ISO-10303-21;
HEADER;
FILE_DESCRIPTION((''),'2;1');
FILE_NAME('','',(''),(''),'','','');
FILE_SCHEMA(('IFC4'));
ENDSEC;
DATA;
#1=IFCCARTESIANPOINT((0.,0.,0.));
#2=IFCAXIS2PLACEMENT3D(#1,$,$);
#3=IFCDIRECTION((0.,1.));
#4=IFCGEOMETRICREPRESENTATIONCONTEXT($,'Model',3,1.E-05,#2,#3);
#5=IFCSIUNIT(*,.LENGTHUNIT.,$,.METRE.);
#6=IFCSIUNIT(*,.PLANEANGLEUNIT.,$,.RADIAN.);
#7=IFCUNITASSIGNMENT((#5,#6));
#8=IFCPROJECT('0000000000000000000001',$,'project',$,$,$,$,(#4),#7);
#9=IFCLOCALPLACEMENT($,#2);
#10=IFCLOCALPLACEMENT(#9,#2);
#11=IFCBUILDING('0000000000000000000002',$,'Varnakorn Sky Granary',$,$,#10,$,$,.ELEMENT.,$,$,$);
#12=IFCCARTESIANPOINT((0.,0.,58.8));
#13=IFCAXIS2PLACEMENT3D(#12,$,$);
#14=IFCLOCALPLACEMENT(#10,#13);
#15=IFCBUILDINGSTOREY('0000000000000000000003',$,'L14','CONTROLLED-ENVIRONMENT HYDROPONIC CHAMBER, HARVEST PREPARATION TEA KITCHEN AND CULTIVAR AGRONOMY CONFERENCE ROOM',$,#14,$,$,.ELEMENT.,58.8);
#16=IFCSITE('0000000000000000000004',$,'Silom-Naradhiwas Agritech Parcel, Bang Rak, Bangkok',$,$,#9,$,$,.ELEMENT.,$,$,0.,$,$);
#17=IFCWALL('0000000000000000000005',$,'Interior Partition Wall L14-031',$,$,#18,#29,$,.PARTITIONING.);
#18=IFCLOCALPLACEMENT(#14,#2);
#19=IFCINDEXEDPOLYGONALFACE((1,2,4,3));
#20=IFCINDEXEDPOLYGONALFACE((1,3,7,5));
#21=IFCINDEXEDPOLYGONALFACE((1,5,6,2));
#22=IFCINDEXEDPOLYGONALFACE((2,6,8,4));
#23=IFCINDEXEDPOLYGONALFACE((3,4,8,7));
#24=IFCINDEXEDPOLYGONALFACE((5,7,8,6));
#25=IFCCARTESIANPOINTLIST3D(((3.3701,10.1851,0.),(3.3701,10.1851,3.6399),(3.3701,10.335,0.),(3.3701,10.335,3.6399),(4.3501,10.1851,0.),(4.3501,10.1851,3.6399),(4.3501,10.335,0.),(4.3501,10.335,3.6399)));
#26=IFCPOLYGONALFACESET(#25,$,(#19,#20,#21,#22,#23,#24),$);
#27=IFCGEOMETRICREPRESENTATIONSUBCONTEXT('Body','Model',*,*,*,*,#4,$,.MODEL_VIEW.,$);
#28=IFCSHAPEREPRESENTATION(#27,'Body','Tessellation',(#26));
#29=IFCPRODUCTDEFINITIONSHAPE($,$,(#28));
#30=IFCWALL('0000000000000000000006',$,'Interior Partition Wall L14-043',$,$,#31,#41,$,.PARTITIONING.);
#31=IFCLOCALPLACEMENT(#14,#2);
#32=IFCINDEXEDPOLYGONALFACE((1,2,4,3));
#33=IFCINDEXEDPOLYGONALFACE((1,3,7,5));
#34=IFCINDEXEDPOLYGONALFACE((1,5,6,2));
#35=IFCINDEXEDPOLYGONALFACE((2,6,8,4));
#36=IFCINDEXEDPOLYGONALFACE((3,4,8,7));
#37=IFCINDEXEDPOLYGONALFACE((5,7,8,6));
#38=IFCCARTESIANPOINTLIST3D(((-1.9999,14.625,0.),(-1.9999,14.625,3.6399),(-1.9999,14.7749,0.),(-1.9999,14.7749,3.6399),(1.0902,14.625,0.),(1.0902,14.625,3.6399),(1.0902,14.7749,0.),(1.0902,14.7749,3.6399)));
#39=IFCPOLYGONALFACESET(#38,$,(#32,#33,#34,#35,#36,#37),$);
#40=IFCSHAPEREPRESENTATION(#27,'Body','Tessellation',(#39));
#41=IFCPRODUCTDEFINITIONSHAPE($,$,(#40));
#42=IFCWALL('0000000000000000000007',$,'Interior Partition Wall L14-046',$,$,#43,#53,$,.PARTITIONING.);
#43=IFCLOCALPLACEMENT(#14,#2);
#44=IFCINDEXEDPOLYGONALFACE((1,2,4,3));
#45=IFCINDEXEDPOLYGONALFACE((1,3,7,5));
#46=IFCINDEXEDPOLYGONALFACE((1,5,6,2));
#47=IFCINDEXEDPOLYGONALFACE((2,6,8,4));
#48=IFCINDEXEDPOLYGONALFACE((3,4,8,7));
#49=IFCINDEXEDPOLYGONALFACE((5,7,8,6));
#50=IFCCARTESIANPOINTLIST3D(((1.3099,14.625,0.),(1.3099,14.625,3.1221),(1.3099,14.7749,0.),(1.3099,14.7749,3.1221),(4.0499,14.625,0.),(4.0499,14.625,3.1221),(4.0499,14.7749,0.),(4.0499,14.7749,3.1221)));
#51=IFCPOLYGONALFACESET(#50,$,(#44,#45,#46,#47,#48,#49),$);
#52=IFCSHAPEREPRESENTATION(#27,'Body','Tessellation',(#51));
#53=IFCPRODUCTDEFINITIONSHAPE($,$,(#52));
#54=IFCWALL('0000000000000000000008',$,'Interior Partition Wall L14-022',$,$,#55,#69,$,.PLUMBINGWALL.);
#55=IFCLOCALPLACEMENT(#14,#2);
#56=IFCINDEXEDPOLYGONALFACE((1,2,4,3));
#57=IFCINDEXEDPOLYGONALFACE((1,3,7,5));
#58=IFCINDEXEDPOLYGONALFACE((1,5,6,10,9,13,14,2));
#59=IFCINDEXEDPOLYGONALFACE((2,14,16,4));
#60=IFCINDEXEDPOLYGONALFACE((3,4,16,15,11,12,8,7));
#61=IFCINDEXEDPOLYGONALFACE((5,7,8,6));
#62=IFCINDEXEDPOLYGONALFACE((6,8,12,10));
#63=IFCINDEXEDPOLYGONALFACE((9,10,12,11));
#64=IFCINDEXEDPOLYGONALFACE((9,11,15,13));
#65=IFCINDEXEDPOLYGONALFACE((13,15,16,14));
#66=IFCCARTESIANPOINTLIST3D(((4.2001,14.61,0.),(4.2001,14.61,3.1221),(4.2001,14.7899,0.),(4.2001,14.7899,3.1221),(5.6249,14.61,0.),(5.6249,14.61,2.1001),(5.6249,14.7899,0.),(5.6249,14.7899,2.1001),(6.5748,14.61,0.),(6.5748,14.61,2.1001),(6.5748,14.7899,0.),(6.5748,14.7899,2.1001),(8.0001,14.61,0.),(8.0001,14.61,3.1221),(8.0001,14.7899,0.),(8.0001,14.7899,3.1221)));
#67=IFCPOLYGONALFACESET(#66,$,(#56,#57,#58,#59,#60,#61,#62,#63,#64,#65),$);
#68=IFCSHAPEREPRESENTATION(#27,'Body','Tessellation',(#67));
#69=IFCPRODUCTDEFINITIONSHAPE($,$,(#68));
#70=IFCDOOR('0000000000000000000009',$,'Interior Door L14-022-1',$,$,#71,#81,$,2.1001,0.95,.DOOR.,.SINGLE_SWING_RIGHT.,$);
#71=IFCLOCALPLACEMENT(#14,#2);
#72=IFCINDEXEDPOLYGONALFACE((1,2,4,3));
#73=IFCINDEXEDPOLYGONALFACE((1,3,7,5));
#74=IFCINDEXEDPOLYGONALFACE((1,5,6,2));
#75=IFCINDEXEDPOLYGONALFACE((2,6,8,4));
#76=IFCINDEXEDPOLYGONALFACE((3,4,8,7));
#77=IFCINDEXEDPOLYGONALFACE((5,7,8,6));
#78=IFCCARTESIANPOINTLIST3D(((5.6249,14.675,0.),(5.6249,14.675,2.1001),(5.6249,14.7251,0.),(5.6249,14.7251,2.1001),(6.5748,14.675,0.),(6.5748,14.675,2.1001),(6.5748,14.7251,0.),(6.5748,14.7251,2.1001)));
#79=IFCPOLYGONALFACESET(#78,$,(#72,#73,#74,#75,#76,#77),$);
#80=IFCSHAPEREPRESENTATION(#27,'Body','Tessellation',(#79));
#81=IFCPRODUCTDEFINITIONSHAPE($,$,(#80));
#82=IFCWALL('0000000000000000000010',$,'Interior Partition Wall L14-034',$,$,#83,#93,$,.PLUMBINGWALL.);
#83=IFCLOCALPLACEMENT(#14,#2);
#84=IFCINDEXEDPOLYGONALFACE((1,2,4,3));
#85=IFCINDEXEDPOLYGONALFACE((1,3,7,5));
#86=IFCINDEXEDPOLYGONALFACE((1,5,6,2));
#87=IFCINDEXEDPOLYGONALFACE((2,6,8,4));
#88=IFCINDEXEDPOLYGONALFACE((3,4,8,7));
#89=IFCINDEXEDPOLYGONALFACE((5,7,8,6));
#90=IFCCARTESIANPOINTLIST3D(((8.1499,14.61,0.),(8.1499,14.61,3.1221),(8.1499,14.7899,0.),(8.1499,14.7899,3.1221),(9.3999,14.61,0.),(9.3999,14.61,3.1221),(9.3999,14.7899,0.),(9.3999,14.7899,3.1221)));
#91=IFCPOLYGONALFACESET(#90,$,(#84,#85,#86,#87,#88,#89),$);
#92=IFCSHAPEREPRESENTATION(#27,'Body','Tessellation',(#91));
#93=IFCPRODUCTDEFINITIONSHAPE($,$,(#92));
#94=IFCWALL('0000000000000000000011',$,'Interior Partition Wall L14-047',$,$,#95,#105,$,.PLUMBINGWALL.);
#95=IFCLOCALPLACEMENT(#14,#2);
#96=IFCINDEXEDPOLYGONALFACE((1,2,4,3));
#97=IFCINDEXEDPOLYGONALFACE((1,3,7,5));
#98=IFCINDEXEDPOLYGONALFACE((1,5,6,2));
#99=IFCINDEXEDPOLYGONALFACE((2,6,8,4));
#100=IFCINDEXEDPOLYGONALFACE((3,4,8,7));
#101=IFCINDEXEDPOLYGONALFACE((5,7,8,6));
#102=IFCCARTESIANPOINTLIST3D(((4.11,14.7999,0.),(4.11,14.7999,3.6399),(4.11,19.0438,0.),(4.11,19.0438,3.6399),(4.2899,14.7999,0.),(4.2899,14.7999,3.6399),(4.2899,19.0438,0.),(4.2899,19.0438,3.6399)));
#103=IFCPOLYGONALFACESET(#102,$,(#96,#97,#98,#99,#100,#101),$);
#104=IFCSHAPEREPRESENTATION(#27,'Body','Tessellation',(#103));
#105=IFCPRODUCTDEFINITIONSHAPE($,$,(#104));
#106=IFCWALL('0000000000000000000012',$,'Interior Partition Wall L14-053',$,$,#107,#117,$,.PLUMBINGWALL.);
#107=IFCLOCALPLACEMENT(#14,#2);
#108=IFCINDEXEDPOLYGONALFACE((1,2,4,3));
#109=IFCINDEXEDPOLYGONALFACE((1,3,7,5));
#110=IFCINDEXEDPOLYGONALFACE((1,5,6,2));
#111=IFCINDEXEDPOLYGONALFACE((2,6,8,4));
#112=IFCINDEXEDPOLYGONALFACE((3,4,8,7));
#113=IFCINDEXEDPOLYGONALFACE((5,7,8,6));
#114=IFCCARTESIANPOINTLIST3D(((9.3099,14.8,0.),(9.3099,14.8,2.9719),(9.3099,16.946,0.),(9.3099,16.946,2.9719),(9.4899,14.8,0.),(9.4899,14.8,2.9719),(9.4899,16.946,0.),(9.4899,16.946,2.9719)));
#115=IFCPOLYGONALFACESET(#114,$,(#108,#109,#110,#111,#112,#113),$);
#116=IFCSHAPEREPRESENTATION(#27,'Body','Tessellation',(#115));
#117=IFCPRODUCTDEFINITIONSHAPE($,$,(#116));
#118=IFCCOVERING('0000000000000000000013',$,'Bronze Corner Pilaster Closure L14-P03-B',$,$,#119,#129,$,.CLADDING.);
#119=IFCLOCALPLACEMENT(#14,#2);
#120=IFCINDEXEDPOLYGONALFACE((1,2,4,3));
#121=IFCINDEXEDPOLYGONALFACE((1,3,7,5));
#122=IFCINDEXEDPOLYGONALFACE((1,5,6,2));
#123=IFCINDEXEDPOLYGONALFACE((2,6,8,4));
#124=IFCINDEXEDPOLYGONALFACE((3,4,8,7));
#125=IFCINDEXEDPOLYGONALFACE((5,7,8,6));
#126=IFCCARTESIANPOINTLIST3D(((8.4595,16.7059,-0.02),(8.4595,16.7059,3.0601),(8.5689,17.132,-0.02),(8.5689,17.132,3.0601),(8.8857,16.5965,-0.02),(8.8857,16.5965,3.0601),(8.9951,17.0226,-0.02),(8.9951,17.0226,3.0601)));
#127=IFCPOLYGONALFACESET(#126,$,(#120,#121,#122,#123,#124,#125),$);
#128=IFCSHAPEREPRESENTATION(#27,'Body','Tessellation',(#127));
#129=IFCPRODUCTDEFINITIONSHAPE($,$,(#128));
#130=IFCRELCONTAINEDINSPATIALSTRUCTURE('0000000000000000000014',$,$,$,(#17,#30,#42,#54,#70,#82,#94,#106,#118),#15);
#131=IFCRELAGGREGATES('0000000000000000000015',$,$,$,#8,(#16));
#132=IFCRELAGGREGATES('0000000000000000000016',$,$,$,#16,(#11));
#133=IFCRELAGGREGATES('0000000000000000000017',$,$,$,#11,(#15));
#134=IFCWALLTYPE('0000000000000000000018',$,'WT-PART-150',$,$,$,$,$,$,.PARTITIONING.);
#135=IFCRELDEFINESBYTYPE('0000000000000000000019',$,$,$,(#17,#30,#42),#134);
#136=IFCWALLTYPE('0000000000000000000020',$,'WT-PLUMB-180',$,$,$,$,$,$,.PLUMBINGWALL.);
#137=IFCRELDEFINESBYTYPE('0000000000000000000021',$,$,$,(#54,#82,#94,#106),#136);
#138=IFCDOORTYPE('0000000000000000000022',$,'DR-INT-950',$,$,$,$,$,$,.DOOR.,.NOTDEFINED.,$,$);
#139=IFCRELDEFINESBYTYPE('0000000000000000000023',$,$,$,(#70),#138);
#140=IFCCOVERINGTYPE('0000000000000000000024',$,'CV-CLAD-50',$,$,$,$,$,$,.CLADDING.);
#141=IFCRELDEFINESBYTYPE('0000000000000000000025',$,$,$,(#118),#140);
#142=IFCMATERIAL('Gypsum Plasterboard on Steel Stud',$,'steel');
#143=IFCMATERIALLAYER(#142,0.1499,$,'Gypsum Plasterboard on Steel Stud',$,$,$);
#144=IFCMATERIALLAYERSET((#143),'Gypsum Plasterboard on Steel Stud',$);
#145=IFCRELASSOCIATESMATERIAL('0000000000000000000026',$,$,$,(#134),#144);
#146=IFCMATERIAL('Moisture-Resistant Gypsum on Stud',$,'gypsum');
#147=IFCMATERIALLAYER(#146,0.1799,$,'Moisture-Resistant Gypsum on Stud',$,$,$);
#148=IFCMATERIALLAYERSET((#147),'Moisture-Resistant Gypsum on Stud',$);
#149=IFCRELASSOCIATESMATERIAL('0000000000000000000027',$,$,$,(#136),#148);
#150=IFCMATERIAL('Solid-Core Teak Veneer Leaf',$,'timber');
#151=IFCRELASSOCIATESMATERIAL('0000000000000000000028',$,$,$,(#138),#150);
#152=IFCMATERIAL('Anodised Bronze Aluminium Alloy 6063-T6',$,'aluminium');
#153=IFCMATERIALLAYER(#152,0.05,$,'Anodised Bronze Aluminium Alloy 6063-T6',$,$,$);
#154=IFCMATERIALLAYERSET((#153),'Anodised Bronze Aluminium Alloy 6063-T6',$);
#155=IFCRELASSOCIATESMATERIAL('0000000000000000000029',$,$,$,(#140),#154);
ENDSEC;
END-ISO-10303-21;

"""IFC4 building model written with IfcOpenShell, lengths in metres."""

from ifc_helpers import new_model, si_unit, direction, frame, frame_2d, origin, origin_2d, place, context, subcontext, project, spatial, rectangle, extrude, source, transform, mapped, material, layer, layer_set, type_object, type_shapes, element, fill, save


model = new_model("IFC4")

# Units and contexts
model_context = context("Model", 3, precision=1e-05, world=origin(), true_north=direction((0.0, 1.0)))
body_context = subcontext(model_context, "Body", "Model", "MODEL_VIEW")
ifc_project = project(units=[si_unit("LENGTHUNIT", "METRE"), si_unit("PLANEANGLEUNIT", "RADIAN")], contexts=[model_context])

# Site, building, storey
site_placement = place(None, origin())
site = spatial("IfcSite", under=ifc_project, at=site_placement, Name="Silom-Naradhiwas Agritech Parcel, Bang Rak, Bangkok", CompositionType="ELEMENT", RefElevation=0.0)
building_placement = place(site_placement, origin())
building = spatial("IfcBuilding", under=site, at=building_placement, Name="Varnakorn Sky Granary", CompositionType="ELEMENT")
storey_placement = place(building_placement, frame((0.0, 0.0, 58.8)))
storey = spatial("IfcBuildingStorey", under=building, at=storey_placement, Name="L14", Description="CONTROLLED-ENVIRONMENT HYDROPONIC CHAMBER, HARVEST PREPARATION TEA KITCHEN AND CULTIVAR AGRONOMY CONFERENCE ROOM", CompositionType="ELEMENT", Elevation=58.8)

# Shared definitions
ifc_material_1 = material(Name="Anodised Bronze Aluminium Alloy 6063-T6", Category="aluminium")

# Walls
ifc_material_2 = material(Name="Gypsum Plasterboard on Steel Stud", Category="steel")
ifc_layer_1 = layer(ifc_material_2, 0.1499, Name="Gypsum Plasterboard on Steel Stud")
ifc_layer_set_1 = layer_set([ifc_layer_1], Name="Gypsum Plasterboard on Steel Stud")
wall_type_1 = type_object("IfcWallType", Name="WT-PART-150", PredefinedType="PARTITIONING", material=ifc_layer_set_1)
for number, where, z_axis, x_axis, name in (
    (1, (3.3701, 10.26, 0.0), (0.0, 0.0, 1.0), (1.0, 0.0, 0.0), "Interior Partition Wall L14-031"),
):
    element("IfcWall", number, at=place(storey_placement, frame(where, z_axis=z_axis, x_axis=x_axis)), inside=storey, type_object=wall_type_1, Name=name, PredefinedType="PARTITIONING", context=body_context, shape_type="SweptSolid", body=[
        extrude(rectangle(XDim=0.98, YDim=0.1499, at=frame_2d((0.49, 0.0))), origin(), (0.0, 0.0, 1.0), 3.6399),
    ])
wall_1_placement = place(storey_placement, frame((1.0901, 14.7, 0.0), z_axis=(0.0, 0.0, 1.0), x_axis=(-1.0, 0.0, 0.0)))
element("IfcWall", 2, at=wall_1_placement, inside=storey, type_object=wall_type_1, Name="Interior Partition Wall L14-043", PredefinedType="PARTITIONING", context=body_context, shape_type="SweptSolid", body=[
    extrude(rectangle(XDim=3.0901, YDim=0.1499, at=frame_2d((1.5449, 0.0))), origin(), (0.0, 0.0, 1.0), 3.6399),
])
wall_2_placement = place(storey_placement, frame((4.05, 14.7, 0.0), z_axis=(0.0, 0.0, 1.0), x_axis=(-1.0, 0.0, 0.0)))
element("IfcWall", 3, at=wall_2_placement, inside=storey, type_object=wall_type_1, Name="Interior Partition Wall L14-046", PredefinedType="PARTITIONING", context=body_context, shape_type="SweptSolid", body=[
    extrude(rectangle(XDim=2.74, YDim=0.1499, at=frame_2d((1.3701, 0.0))), origin(), (0.0, 0.0, 1.0), 3.1221),
])

# Wall, opening, door
ifc_material_3 = material(Name="Moisture-Resistant Gypsum on Stud", Category="gypsum")
ifc_layer_2 = layer(ifc_material_3, 0.1799, Name="Moisture-Resistant Gypsum on Stud")
ifc_layer_set_2 = layer_set([ifc_layer_2], Name="Moisture-Resistant Gypsum on Stud")
wall_type_2 = type_object("IfcWallType", Name="WT-PLUMB-180", PredefinedType="PLUMBINGWALL", material=ifc_layer_set_2)
wall_3_placement = place(storey_placement, frame((8.0, 14.7, 0.0), z_axis=(0.0, 0.0, 1.0), x_axis=(-1.0, 0.0, 0.0)))
wall_3 = element("IfcWall", 4, at=wall_3_placement, inside=storey, type_object=wall_type_2, Name="Interior Partition Wall L14-022", PredefinedType="PLUMBINGWALL", context=body_context, shape_type="SweptSolid", body=[
    extrude(rectangle(XDim=3.8, YDim=0.1799, at=frame_2d((1.8999, 0.0))), origin(), (0.0, 0.0, 1.0), 3.1221),
])
opening_placement = place(wall_3_placement, frame((1.425, 0.0, 0.0)))
opening = element("IfcOpeningElement", 5, at=opening_placement, cuts=wall_3, PredefinedType="OPENING", context=body_context, shape_type="SweptSolid", body=[
    extrude(rectangle(XDim=0.95, YDim=2.1001, at=frame_2d((0.4751, 1.05))), frame((0.0, 0.1001, 0.0), z_axis=(0.0, -1.0, 0.0), x_axis=(1.0, 0.0, 0.0)), (0.0, 0.0, 1.0), 0.2),
])
ifc_material_4 = material(Name="Solid-Core Teak Veneer Leaf", Category="timber")
door_type = type_object("IfcDoorType", Name="DR-INT-950", OperationType="NOTDEFINED", PredefinedType="DOOR", material=ifc_material_4)
door_placement = place(opening_placement, origin())
door = element("IfcDoor", 6, at=door_placement, inside=storey, type_object=door_type, Name="Interior Door L14-022-1", OperationType="SINGLE_SWING_RIGHT", OverallHeight=2.1001, OverallWidth=0.95, PredefinedType="DOOR", context=body_context, shape_type="SweptSolid", body=[
    extrude(rectangle(XDim=0.95, YDim=2.1001, at=frame_2d((0.4751, 1.05))), frame((0.0, 0.0249, 0.0), z_axis=(0.0, -1.0, 0.0), x_axis=(1.0, 0.0, 0.0)), (0.0, 0.0, 1.0), 0.05),
])
fill(opening, door)

# Walls
wall_4_placement = place(storey_placement, frame((9.3999, 14.7, 0.0), z_axis=(0.0, 0.0, 1.0), x_axis=(-1.0, 0.0, 0.0)))
element("IfcWall", 7, at=wall_4_placement, inside=storey, type_object=wall_type_2, Name="Interior Partition Wall L14-034", PredefinedType="PLUMBINGWALL", context=body_context, shape_type="SweptSolid", body=[
    extrude(rectangle(XDim=1.25, YDim=0.1799, at=frame_2d((0.625, 0.0))), origin(), (0.0, 0.0, 1.0), 3.1221),
])
wall_5_placement = place(storey_placement, frame((4.2, 19.0439, 0.0), z_axis=(0.0, 0.0, 1.0), x_axis=(0.0, -1.0, 0.0)))
element("IfcWall", 8, at=wall_5_placement, inside=storey, type_object=wall_type_2, Name="Interior Partition Wall L14-047", PredefinedType="PLUMBINGWALL", context=body_context, shape_type="SweptSolid", body=[
    extrude(rectangle(XDim=4.2439, YDim=0.1799, at=frame_2d((2.1221, 0.0))), origin(), (0.0, 0.0, 1.0), 3.6399),
])
wall_6_placement = place(storey_placement, frame((9.3999, 14.8, 0.0), z_axis=(0.0, 0.0, 1.0), x_axis=(0.0, 1.0, 0.0)))
element("IfcWall", 9, at=wall_6_placement, inside=storey, type_object=wall_type_2, Name="Interior Partition Wall L14-053", PredefinedType="PLUMBINGWALL", context=body_context, shape_type="SweptSolid", body=[
    extrude(rectangle(XDim=2.146, YDim=0.1799, at=frame_2d((1.073, 0.0))), origin(), (0.0, 0.0, 1.0), 2.9719),
])

# Covering
ifc_layer_3 = layer(ifc_material_1, 0.05, Name="Anodised Bronze Aluminium Alloy 6063-T6")
ifc_layer_set_3 = layer_set([ifc_layer_3], Name="Anodised Bronze Aluminium Alloy 6063-T6")
covering_type = type_object("IfcCoveringType", Name="CV-CLAD-50", PredefinedType="CLADDING", material=ifc_layer_set_3)
shared_shape = source(origin(), body_context, "Body", "SweptSolid", [
    extrude(rectangle(XDim=0.4399, YDim=0.4399, at=origin_2d()), origin(), (0.0, 0.0, 1.0), 3.0801),
])
type_shapes(covering_type, [shared_shape])
covering_placement = place(storey_placement, frame((8.7273, 16.8643, -0.02), z_axis=(0.0, 0.0, 1.0), x_axis=(0.968583, -0.24869, 0.0)))
element("IfcCovering", 10, at=covering_placement, inside=storey, type_object=covering_type, Name="Bronze Corner Pilaster Closure L14-P03-B", PredefinedType="CLADDING", context=body_context, shape_type="MappedRepresentation", body=[
    mapped(shared_shape, transform((0.0, 0.0, 0.0), x_axis=(1.0, 0.0, 0.0), y_axis=(0.0, 1.0, 0.0), z_axis=(0.0, 0.0, 1.0), scale=1.0)),
])

save(model, "model.ifc")
